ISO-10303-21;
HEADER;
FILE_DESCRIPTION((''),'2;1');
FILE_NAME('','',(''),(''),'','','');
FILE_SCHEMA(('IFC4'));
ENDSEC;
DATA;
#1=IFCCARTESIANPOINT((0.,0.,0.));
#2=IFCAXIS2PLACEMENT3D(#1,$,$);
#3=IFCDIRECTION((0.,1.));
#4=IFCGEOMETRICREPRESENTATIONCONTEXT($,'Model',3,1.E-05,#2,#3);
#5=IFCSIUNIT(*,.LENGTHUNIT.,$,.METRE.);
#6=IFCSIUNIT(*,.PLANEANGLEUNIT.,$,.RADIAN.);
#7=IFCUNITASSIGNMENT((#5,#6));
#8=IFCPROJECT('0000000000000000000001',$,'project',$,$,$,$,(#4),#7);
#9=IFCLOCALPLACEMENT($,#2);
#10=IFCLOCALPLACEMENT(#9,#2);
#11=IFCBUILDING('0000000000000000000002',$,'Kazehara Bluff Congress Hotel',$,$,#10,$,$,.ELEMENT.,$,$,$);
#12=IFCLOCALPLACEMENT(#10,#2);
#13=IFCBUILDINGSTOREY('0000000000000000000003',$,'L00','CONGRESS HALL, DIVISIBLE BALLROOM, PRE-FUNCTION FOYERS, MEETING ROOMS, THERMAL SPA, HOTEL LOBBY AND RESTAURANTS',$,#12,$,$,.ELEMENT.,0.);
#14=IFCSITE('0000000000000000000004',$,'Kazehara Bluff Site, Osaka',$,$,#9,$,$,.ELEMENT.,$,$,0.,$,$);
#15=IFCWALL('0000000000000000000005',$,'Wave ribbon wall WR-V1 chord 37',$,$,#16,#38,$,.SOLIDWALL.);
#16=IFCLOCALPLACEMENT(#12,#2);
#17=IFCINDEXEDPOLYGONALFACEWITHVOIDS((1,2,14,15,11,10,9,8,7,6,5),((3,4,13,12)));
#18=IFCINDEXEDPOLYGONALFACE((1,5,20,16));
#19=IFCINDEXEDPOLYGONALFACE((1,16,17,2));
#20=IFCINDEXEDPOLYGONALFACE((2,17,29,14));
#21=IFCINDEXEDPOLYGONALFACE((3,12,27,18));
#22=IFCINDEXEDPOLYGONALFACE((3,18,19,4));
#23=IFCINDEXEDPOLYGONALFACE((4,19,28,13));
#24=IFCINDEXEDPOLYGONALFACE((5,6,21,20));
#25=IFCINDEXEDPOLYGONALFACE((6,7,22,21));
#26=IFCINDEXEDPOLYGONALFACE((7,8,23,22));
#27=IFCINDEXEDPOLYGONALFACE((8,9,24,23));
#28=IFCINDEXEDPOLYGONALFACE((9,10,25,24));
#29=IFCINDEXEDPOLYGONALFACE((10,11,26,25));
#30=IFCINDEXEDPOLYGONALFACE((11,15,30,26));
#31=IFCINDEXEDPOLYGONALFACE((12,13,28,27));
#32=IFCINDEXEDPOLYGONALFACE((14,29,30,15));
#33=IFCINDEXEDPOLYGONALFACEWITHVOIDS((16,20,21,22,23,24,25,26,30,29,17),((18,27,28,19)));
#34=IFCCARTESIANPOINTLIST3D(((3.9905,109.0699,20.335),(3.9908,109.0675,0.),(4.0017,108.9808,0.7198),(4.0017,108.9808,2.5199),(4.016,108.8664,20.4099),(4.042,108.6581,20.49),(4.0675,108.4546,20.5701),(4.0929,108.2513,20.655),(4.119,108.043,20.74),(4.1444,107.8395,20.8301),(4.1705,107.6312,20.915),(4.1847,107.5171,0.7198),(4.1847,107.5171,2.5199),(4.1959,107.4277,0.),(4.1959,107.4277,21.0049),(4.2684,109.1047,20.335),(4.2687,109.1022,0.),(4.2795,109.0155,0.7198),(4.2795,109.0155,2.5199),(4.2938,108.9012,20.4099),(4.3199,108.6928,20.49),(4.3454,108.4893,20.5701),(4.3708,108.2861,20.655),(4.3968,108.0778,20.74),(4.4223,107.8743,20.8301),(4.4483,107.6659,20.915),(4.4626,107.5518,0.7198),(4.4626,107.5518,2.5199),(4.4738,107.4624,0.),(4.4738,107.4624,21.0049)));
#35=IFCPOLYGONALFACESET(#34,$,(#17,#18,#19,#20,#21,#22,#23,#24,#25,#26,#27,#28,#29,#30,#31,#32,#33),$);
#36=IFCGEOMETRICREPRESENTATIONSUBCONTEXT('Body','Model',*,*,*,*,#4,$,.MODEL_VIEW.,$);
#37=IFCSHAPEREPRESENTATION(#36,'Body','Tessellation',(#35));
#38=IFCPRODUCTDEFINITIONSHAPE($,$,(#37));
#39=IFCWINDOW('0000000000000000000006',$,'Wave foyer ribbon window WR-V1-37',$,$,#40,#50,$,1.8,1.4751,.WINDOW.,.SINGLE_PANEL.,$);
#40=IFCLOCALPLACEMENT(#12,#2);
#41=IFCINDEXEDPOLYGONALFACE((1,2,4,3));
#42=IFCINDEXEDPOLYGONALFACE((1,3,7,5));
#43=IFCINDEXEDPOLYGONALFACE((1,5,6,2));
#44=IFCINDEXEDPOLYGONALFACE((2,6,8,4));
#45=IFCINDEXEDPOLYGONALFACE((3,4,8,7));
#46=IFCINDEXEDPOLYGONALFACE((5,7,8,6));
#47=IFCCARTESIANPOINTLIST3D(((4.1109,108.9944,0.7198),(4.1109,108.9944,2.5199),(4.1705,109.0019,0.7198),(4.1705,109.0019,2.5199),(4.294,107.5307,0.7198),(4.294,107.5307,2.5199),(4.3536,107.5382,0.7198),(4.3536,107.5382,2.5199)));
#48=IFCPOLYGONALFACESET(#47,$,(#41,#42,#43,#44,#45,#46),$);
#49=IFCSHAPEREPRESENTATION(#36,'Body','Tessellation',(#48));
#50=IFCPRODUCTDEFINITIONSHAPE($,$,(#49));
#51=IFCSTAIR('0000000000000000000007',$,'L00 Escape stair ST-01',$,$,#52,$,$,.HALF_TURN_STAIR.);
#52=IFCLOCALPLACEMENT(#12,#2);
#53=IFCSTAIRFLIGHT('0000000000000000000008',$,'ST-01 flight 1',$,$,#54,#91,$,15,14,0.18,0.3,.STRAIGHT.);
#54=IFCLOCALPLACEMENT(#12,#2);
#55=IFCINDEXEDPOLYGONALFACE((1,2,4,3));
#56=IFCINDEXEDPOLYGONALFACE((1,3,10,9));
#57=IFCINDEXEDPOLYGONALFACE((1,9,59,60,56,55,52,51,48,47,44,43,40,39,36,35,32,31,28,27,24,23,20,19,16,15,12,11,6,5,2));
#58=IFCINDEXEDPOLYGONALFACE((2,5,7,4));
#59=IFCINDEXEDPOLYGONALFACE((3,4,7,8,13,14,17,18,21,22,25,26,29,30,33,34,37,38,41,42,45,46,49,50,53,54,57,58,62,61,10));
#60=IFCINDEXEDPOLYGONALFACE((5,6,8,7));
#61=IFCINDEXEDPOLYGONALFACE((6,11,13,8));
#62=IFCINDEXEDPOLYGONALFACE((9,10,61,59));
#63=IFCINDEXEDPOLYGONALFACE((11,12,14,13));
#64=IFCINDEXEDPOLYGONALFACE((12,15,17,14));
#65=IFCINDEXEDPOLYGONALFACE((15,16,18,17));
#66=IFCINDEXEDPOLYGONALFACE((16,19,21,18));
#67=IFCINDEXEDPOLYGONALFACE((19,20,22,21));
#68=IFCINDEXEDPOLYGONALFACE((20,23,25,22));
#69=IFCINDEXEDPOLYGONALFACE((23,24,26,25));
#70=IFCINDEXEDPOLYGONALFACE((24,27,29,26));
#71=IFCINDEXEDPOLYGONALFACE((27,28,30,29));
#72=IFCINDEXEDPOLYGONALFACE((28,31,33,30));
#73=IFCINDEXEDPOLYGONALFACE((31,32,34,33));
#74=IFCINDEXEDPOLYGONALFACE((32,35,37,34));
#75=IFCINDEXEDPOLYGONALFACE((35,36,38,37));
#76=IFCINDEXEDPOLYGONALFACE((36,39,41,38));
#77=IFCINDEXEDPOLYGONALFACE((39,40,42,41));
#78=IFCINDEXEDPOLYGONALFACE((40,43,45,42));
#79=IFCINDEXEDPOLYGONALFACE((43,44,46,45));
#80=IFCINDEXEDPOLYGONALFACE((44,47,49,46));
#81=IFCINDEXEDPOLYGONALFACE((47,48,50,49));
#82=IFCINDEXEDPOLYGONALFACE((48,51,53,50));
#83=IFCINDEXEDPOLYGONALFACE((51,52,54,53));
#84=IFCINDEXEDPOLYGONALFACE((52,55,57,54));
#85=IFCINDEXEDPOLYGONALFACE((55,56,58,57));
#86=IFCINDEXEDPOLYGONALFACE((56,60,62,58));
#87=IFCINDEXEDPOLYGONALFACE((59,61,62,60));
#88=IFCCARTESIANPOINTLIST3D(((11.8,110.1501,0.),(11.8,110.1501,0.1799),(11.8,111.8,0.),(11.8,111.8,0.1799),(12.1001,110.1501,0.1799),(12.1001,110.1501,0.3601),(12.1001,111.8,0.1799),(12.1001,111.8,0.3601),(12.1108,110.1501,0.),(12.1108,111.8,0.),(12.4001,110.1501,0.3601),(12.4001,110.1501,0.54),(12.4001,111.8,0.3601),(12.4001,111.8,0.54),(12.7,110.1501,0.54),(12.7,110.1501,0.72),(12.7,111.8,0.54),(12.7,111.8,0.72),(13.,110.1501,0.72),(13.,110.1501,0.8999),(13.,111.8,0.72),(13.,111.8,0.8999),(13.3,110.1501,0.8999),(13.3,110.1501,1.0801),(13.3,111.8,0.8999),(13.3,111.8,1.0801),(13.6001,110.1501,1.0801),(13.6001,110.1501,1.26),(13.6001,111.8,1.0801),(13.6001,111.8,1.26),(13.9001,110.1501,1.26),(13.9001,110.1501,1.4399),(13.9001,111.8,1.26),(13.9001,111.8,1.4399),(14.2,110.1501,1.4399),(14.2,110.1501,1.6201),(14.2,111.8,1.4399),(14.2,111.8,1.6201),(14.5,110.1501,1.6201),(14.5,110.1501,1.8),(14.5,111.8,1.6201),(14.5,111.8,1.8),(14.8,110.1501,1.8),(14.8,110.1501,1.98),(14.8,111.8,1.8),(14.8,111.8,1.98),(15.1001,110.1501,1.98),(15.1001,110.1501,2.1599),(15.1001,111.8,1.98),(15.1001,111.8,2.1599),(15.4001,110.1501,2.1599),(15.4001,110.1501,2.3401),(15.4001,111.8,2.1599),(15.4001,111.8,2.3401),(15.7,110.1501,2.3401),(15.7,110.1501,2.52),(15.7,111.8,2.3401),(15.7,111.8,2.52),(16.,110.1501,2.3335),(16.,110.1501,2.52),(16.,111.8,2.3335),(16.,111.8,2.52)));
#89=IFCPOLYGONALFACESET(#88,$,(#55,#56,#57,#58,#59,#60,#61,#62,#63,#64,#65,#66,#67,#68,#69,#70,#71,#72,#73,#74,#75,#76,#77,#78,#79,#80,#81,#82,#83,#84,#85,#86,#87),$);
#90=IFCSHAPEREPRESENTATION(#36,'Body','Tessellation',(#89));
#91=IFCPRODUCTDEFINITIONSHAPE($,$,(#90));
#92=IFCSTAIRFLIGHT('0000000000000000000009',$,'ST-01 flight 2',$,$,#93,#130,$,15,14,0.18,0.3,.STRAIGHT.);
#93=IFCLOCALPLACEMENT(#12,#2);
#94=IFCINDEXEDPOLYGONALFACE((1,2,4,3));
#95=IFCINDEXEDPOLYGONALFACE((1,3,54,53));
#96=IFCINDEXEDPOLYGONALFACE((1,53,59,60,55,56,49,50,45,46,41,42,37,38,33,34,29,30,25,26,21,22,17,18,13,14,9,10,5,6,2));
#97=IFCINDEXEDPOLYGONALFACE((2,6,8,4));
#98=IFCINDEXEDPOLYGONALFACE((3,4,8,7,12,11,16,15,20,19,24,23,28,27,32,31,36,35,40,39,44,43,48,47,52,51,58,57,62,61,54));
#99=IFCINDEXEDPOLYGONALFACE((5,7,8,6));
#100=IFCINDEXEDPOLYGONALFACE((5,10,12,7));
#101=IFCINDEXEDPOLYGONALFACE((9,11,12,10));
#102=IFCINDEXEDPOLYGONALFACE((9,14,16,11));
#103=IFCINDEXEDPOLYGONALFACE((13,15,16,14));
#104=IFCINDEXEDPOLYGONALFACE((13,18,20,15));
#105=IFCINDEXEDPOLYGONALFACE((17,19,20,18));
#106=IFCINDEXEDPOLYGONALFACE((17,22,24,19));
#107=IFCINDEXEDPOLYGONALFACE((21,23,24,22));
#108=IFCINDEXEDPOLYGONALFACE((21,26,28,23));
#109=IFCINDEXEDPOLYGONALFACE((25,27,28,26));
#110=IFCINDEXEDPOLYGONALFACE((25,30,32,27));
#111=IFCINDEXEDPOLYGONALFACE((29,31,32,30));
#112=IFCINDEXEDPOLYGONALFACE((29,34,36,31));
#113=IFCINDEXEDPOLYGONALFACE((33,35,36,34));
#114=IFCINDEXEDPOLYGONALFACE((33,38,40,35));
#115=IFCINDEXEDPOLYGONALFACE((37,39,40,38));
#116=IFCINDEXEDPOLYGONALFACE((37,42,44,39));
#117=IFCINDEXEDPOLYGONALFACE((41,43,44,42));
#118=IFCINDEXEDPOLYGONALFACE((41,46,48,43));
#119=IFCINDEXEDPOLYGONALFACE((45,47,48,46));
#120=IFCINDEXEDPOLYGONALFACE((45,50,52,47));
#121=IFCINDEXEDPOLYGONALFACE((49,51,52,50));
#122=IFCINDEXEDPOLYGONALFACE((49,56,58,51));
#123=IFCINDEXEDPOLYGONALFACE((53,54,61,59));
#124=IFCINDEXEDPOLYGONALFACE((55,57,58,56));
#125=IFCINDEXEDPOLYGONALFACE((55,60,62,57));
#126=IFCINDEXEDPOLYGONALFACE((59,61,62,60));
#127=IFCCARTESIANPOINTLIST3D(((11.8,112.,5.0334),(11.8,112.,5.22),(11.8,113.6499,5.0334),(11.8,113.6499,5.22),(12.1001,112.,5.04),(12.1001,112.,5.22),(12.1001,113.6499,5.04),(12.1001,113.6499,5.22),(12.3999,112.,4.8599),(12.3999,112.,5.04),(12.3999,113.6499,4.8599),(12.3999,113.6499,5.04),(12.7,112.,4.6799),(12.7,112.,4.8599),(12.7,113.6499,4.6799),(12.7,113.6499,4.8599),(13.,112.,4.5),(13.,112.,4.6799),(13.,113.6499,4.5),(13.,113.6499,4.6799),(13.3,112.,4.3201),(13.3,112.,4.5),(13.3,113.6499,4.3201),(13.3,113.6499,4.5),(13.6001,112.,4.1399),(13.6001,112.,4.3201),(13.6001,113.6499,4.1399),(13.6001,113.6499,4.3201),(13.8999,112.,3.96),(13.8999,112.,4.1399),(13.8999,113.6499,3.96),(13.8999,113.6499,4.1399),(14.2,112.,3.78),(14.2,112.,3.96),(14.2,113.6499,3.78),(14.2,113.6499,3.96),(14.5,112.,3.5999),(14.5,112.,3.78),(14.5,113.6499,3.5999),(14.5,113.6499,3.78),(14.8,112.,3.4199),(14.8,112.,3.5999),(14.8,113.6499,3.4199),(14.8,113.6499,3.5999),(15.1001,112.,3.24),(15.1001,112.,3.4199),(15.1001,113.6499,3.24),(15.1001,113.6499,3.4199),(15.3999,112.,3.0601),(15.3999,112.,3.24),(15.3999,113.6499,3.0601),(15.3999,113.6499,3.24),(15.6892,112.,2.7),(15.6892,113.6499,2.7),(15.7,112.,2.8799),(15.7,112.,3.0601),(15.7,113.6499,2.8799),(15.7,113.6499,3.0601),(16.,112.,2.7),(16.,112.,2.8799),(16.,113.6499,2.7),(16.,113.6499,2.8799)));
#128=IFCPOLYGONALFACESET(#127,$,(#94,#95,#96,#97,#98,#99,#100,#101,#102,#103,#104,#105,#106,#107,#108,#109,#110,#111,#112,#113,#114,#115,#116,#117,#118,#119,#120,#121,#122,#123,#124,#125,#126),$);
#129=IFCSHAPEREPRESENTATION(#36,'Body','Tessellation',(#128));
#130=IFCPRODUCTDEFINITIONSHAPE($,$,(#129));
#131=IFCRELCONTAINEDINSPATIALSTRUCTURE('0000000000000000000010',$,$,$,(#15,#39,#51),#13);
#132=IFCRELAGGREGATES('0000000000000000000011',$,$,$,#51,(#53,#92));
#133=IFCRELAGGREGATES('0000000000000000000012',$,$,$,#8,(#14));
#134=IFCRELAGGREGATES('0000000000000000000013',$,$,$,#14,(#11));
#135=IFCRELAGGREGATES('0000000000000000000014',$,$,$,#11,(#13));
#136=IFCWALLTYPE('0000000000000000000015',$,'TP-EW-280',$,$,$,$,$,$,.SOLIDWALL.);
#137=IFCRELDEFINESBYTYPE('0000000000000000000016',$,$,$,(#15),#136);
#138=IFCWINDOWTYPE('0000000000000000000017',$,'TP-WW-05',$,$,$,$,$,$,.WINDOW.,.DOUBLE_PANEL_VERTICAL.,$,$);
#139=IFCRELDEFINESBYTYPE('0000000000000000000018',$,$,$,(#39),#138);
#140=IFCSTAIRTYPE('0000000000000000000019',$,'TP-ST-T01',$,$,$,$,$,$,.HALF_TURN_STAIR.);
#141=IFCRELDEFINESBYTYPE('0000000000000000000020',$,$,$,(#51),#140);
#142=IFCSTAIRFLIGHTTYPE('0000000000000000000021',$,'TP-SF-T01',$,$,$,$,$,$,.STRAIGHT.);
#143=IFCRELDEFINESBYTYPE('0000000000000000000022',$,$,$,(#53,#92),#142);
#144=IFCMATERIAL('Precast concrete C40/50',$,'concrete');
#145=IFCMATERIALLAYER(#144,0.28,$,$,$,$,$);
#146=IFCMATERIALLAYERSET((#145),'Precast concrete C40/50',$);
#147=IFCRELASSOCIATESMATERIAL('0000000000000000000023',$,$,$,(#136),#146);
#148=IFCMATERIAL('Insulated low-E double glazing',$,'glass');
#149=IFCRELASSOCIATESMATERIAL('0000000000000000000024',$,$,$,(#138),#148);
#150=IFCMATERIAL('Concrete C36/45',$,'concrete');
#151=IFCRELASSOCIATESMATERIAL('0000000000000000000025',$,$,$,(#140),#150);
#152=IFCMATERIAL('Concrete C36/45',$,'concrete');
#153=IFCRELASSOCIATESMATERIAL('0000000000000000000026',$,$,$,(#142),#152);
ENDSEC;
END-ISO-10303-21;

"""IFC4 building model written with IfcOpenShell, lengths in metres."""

from ifc_helpers import new_model, si_unit, direction, frame, frame_2d, origin, place, context, subcontext, project, spatial, polyline, rectangle, outline, extrude, material, layer, layer_set, type_object, element, fill, aggregate, save


model = new_model("IFC4")

# Units and contexts
model_context = context("Model", 3, precision=1e-05, world=origin(), true_north=direction((0.0, 1.0)))
body_context = subcontext(model_context, "Body", "Model", "MODEL_VIEW")
ifc_project = project(units=[si_unit("LENGTHUNIT", "METRE"), si_unit("PLANEANGLEUNIT", "RADIAN")], contexts=[model_context])

# Site, building, storey
site_placement = place(None, origin())
site = spatial("IfcSite", under=ifc_project, at=site_placement, Name="Kazehara Bluff Site, Osaka", CompositionType="ELEMENT", RefElevation=0.0)
building_placement = place(site_placement, origin())
building = spatial("IfcBuilding", under=site, at=building_placement, Name="Kazehara Bluff Congress Hotel", CompositionType="ELEMENT")
storey_placement = place(building_placement, origin())
storey = spatial("IfcBuildingStorey", under=building, at=storey_placement, Name="L00", Description="CONGRESS HALL, DIVISIBLE BALLROOM, PRE-FUNCTION FOYERS, MEETING ROOMS, THERMAL SPA, HOTEL LOBBY AND RESTAURANTS", CompositionType="ELEMENT", Elevation=0.0)

# Wall, opening, window
ifc_material_1 = material(Name="Precast concrete C40/50", Category="concrete")
ifc_layer_1 = layer(ifc_material_1, 0.28)
ifc_layer_set_1 = layer_set([ifc_layer_1], Name="Precast concrete C40/50")
wall_type_1 = type_object("IfcWallType", Name="TP-EW-280", PredefinedType="SOLIDWALL", material=ifc_layer_set_1)
wall_1_placement = place(storey_placement, frame((4.335, 107.4451, 0.0), z_axis=(0.0, 0.0, 1.0), x_axis=(-0.124089, 0.992271, 0.0)))
wall_1 = element("IfcWall", 1, at=wall_1_placement, inside=storey, type_object=wall_type_1, Name="Wave ribbon wall WR-V1 chord 37", PredefinedType="SOLIDWALL", context=body_context, shape_type="SweptSolid", body=[
    extrude(outline(polyline([(0.0, 0.0), (1.6526, 0.0), (1.655, 20.335), (1.45, 20.4099), (1.24, 20.49), (1.0349, 20.5701), (0.8301, 20.655), (0.6201, 20.74), (0.415, 20.8301), (0.2051, 20.915), (0.0, 21.0049), (0.0, 0.0)])), frame((0.0, 0.1401, 0.0), z_axis=(0.0, -1.0, 0.0), x_axis=(1.0, 0.0, 0.0)), (0.0, 0.0, 1.0), 0.28),
])
opening_1_placement = place(wall_1_placement, frame((0.0901, 0.0, 0.72)))
opening_1 = element("IfcOpeningElement", 2, at=opening_1_placement, cuts=wall_1, PredefinedType="OPENING", context=body_context, shape_type="SweptSolid", body=[
    extrude(rectangle(XDim=1.4751, YDim=1.8, at=frame_2d((0.7375, 0.8999))), frame((0.0, 0.1499, 0.0), z_axis=(0.0, -1.0, 0.0), x_axis=(1.0, 0.0, 0.0)), (0.0, 0.0, 1.0), 0.3),
])
ifc_material_2 = material(Name="Insulated low-E double glazing", Category="glass")
window_type = type_object("IfcWindowType", Name="TP-WW-05", PartitioningType="DOUBLE_PANEL_VERTICAL", PredefinedType="WINDOW", material=ifc_material_2)
window_placement = place(opening_1_placement, origin())
window = element("IfcWindow", 3, at=window_placement, inside=storey, type_object=window_type, Name="Wave foyer ribbon window WR-V1-37", OverallHeight=1.8, OverallWidth=1.4751, PartitioningType="SINGLE_PANEL", PredefinedType="WINDOW", context=body_context, shape_type="SweptSolid", body=[
    extrude(rectangle(XDim=1.4751, YDim=1.8, at=frame_2d((0.7375, 0.8999))), frame((0.0, 0.03, 0.0), z_axis=(0.0, -1.0, 0.0), x_axis=(1.0, 0.0, 0.0)), (0.0, 0.0, 1.0), 0.0601),
])
fill(opening_1, window)

# Stair, stair flights
ifc_material_3 = material(Name="Concrete C36/45", Category="concrete")
stair_type = type_object("IfcStairType", Name="TP-ST-T01", PredefinedType="HALF_TURN_STAIR", material=ifc_material_3)
stair_placement = place(storey_placement, origin())
stair = element("IfcStair", 4, at=stair_placement, inside=storey, type_object=stair_type, Name="L00 Escape stair ST-01", PredefinedType="HALF_TURN_STAIR")
ifc_material_4 = material(Name="Concrete C36/45", Category="concrete")
stair_flight_type = type_object("IfcStairFlightType", Name="TP-SF-T01", PredefinedType="STRAIGHT", material=ifc_material_4)
stair_flight_1_placement = place(storey_placement, frame((11.8, 110.9751, 0.0), z_axis=(0.0, 0.0, 1.0), x_axis=(1.0, 0.0, 0.0)))
stair_flight_1 = element("IfcStairFlight", 5, at=stair_flight_1_placement, type_object=stair_flight_type, Name="ST-01 flight 1", NumberOfRisers=15, NumberOfTreads=14, PredefinedType="STRAIGHT", RiserHeight=0.18, TreadLength=0.3, context=body_context, shape_type="SweptSolid", body=[
    extrude(outline(polyline([(0.0, 0.0), (0.0, 0.1799), (0.3, 0.1799), (0.3, 0.3601), (0.6001, 0.3601), (0.6001, 0.54), (0.8999, 0.54), (0.8999, 0.72), (1.2, 0.72), (1.2, 0.8999), (1.5, 0.8999), (1.5, 1.0801), (1.8, 1.0801), (1.8, 1.26), (2.1001, 1.26), (2.1001, 1.4399), (2.3999, 1.4399), (2.3999, 1.6201), (2.7, 1.6201), (2.7, 1.8), (3.0, 1.8), (3.0, 1.98), (3.3, 1.98), (3.3, 2.1599), (3.6001, 2.1599), (3.6001, 2.3401), (3.8999, 2.3401), (3.8999, 2.52), (4.2, 2.52), (4.2, 2.7), (4.2, 2.3335), (0.3108, 0.0), (0.0, 0.0)])), frame((0.0, 0.825, 0.0), z_axis=(0.0, -1.0, 0.0), x_axis=(1.0, 0.0, 0.0)), (0.0, 0.0, 1.0), 1.6499),
])
stair_flight_2_placement = place(storey_placement, frame((16.0, 112.825, 2.7), z_axis=(0.0, 0.0, 1.0), x_axis=(-1.0, 0.0, 0.0)))
stair_flight_2 = element("IfcStairFlight", 6, at=stair_flight_2_placement, type_object=stair_flight_type, Name="ST-01 flight 2", NumberOfRisers=15, NumberOfTreads=14, PredefinedType="STRAIGHT", RiserHeight=0.18, TreadLength=0.3, context=body_context, shape_type="SweptSolid", body=[
    extrude(outline(polyline([(0.0, 0.0), (0.0, 0.1799), (0.3, 0.1799), (0.3, 0.3601), (0.6001, 0.3601), (0.6001, 0.54), (0.8999, 0.54), (0.8999, 0.72), (1.2, 0.72), (1.2, 0.8999), (1.5, 0.8999), (1.5, 1.0801), (1.8, 1.0801), (1.8, 1.26), (2.1001, 1.26), (2.1001, 1.4399), (2.3999, 1.4399), (2.3999, 1.6201), (2.7, 1.6201), (2.7, 1.8), (3.0, 1.8), (3.0, 1.98), (3.3, 1.98), (3.3, 2.1599), (3.6001, 2.1599), (3.6001, 2.3401), (3.8999, 2.3401), (3.8999, 2.52), (4.2, 2.52), (4.2, 2.7), (4.2, 2.3335), (0.3108, 0.0), (0.0, 0.0)])), frame((0.0, 0.825, 0.0), z_axis=(0.0, -1.0, 0.0), x_axis=(1.0, 0.0, 0.0)), (0.0, 0.0, 1.0), 1.6499),
])
aggregate(stair, [stair_flight_1, stair_flight_2])

save(model, "model.ifc")
